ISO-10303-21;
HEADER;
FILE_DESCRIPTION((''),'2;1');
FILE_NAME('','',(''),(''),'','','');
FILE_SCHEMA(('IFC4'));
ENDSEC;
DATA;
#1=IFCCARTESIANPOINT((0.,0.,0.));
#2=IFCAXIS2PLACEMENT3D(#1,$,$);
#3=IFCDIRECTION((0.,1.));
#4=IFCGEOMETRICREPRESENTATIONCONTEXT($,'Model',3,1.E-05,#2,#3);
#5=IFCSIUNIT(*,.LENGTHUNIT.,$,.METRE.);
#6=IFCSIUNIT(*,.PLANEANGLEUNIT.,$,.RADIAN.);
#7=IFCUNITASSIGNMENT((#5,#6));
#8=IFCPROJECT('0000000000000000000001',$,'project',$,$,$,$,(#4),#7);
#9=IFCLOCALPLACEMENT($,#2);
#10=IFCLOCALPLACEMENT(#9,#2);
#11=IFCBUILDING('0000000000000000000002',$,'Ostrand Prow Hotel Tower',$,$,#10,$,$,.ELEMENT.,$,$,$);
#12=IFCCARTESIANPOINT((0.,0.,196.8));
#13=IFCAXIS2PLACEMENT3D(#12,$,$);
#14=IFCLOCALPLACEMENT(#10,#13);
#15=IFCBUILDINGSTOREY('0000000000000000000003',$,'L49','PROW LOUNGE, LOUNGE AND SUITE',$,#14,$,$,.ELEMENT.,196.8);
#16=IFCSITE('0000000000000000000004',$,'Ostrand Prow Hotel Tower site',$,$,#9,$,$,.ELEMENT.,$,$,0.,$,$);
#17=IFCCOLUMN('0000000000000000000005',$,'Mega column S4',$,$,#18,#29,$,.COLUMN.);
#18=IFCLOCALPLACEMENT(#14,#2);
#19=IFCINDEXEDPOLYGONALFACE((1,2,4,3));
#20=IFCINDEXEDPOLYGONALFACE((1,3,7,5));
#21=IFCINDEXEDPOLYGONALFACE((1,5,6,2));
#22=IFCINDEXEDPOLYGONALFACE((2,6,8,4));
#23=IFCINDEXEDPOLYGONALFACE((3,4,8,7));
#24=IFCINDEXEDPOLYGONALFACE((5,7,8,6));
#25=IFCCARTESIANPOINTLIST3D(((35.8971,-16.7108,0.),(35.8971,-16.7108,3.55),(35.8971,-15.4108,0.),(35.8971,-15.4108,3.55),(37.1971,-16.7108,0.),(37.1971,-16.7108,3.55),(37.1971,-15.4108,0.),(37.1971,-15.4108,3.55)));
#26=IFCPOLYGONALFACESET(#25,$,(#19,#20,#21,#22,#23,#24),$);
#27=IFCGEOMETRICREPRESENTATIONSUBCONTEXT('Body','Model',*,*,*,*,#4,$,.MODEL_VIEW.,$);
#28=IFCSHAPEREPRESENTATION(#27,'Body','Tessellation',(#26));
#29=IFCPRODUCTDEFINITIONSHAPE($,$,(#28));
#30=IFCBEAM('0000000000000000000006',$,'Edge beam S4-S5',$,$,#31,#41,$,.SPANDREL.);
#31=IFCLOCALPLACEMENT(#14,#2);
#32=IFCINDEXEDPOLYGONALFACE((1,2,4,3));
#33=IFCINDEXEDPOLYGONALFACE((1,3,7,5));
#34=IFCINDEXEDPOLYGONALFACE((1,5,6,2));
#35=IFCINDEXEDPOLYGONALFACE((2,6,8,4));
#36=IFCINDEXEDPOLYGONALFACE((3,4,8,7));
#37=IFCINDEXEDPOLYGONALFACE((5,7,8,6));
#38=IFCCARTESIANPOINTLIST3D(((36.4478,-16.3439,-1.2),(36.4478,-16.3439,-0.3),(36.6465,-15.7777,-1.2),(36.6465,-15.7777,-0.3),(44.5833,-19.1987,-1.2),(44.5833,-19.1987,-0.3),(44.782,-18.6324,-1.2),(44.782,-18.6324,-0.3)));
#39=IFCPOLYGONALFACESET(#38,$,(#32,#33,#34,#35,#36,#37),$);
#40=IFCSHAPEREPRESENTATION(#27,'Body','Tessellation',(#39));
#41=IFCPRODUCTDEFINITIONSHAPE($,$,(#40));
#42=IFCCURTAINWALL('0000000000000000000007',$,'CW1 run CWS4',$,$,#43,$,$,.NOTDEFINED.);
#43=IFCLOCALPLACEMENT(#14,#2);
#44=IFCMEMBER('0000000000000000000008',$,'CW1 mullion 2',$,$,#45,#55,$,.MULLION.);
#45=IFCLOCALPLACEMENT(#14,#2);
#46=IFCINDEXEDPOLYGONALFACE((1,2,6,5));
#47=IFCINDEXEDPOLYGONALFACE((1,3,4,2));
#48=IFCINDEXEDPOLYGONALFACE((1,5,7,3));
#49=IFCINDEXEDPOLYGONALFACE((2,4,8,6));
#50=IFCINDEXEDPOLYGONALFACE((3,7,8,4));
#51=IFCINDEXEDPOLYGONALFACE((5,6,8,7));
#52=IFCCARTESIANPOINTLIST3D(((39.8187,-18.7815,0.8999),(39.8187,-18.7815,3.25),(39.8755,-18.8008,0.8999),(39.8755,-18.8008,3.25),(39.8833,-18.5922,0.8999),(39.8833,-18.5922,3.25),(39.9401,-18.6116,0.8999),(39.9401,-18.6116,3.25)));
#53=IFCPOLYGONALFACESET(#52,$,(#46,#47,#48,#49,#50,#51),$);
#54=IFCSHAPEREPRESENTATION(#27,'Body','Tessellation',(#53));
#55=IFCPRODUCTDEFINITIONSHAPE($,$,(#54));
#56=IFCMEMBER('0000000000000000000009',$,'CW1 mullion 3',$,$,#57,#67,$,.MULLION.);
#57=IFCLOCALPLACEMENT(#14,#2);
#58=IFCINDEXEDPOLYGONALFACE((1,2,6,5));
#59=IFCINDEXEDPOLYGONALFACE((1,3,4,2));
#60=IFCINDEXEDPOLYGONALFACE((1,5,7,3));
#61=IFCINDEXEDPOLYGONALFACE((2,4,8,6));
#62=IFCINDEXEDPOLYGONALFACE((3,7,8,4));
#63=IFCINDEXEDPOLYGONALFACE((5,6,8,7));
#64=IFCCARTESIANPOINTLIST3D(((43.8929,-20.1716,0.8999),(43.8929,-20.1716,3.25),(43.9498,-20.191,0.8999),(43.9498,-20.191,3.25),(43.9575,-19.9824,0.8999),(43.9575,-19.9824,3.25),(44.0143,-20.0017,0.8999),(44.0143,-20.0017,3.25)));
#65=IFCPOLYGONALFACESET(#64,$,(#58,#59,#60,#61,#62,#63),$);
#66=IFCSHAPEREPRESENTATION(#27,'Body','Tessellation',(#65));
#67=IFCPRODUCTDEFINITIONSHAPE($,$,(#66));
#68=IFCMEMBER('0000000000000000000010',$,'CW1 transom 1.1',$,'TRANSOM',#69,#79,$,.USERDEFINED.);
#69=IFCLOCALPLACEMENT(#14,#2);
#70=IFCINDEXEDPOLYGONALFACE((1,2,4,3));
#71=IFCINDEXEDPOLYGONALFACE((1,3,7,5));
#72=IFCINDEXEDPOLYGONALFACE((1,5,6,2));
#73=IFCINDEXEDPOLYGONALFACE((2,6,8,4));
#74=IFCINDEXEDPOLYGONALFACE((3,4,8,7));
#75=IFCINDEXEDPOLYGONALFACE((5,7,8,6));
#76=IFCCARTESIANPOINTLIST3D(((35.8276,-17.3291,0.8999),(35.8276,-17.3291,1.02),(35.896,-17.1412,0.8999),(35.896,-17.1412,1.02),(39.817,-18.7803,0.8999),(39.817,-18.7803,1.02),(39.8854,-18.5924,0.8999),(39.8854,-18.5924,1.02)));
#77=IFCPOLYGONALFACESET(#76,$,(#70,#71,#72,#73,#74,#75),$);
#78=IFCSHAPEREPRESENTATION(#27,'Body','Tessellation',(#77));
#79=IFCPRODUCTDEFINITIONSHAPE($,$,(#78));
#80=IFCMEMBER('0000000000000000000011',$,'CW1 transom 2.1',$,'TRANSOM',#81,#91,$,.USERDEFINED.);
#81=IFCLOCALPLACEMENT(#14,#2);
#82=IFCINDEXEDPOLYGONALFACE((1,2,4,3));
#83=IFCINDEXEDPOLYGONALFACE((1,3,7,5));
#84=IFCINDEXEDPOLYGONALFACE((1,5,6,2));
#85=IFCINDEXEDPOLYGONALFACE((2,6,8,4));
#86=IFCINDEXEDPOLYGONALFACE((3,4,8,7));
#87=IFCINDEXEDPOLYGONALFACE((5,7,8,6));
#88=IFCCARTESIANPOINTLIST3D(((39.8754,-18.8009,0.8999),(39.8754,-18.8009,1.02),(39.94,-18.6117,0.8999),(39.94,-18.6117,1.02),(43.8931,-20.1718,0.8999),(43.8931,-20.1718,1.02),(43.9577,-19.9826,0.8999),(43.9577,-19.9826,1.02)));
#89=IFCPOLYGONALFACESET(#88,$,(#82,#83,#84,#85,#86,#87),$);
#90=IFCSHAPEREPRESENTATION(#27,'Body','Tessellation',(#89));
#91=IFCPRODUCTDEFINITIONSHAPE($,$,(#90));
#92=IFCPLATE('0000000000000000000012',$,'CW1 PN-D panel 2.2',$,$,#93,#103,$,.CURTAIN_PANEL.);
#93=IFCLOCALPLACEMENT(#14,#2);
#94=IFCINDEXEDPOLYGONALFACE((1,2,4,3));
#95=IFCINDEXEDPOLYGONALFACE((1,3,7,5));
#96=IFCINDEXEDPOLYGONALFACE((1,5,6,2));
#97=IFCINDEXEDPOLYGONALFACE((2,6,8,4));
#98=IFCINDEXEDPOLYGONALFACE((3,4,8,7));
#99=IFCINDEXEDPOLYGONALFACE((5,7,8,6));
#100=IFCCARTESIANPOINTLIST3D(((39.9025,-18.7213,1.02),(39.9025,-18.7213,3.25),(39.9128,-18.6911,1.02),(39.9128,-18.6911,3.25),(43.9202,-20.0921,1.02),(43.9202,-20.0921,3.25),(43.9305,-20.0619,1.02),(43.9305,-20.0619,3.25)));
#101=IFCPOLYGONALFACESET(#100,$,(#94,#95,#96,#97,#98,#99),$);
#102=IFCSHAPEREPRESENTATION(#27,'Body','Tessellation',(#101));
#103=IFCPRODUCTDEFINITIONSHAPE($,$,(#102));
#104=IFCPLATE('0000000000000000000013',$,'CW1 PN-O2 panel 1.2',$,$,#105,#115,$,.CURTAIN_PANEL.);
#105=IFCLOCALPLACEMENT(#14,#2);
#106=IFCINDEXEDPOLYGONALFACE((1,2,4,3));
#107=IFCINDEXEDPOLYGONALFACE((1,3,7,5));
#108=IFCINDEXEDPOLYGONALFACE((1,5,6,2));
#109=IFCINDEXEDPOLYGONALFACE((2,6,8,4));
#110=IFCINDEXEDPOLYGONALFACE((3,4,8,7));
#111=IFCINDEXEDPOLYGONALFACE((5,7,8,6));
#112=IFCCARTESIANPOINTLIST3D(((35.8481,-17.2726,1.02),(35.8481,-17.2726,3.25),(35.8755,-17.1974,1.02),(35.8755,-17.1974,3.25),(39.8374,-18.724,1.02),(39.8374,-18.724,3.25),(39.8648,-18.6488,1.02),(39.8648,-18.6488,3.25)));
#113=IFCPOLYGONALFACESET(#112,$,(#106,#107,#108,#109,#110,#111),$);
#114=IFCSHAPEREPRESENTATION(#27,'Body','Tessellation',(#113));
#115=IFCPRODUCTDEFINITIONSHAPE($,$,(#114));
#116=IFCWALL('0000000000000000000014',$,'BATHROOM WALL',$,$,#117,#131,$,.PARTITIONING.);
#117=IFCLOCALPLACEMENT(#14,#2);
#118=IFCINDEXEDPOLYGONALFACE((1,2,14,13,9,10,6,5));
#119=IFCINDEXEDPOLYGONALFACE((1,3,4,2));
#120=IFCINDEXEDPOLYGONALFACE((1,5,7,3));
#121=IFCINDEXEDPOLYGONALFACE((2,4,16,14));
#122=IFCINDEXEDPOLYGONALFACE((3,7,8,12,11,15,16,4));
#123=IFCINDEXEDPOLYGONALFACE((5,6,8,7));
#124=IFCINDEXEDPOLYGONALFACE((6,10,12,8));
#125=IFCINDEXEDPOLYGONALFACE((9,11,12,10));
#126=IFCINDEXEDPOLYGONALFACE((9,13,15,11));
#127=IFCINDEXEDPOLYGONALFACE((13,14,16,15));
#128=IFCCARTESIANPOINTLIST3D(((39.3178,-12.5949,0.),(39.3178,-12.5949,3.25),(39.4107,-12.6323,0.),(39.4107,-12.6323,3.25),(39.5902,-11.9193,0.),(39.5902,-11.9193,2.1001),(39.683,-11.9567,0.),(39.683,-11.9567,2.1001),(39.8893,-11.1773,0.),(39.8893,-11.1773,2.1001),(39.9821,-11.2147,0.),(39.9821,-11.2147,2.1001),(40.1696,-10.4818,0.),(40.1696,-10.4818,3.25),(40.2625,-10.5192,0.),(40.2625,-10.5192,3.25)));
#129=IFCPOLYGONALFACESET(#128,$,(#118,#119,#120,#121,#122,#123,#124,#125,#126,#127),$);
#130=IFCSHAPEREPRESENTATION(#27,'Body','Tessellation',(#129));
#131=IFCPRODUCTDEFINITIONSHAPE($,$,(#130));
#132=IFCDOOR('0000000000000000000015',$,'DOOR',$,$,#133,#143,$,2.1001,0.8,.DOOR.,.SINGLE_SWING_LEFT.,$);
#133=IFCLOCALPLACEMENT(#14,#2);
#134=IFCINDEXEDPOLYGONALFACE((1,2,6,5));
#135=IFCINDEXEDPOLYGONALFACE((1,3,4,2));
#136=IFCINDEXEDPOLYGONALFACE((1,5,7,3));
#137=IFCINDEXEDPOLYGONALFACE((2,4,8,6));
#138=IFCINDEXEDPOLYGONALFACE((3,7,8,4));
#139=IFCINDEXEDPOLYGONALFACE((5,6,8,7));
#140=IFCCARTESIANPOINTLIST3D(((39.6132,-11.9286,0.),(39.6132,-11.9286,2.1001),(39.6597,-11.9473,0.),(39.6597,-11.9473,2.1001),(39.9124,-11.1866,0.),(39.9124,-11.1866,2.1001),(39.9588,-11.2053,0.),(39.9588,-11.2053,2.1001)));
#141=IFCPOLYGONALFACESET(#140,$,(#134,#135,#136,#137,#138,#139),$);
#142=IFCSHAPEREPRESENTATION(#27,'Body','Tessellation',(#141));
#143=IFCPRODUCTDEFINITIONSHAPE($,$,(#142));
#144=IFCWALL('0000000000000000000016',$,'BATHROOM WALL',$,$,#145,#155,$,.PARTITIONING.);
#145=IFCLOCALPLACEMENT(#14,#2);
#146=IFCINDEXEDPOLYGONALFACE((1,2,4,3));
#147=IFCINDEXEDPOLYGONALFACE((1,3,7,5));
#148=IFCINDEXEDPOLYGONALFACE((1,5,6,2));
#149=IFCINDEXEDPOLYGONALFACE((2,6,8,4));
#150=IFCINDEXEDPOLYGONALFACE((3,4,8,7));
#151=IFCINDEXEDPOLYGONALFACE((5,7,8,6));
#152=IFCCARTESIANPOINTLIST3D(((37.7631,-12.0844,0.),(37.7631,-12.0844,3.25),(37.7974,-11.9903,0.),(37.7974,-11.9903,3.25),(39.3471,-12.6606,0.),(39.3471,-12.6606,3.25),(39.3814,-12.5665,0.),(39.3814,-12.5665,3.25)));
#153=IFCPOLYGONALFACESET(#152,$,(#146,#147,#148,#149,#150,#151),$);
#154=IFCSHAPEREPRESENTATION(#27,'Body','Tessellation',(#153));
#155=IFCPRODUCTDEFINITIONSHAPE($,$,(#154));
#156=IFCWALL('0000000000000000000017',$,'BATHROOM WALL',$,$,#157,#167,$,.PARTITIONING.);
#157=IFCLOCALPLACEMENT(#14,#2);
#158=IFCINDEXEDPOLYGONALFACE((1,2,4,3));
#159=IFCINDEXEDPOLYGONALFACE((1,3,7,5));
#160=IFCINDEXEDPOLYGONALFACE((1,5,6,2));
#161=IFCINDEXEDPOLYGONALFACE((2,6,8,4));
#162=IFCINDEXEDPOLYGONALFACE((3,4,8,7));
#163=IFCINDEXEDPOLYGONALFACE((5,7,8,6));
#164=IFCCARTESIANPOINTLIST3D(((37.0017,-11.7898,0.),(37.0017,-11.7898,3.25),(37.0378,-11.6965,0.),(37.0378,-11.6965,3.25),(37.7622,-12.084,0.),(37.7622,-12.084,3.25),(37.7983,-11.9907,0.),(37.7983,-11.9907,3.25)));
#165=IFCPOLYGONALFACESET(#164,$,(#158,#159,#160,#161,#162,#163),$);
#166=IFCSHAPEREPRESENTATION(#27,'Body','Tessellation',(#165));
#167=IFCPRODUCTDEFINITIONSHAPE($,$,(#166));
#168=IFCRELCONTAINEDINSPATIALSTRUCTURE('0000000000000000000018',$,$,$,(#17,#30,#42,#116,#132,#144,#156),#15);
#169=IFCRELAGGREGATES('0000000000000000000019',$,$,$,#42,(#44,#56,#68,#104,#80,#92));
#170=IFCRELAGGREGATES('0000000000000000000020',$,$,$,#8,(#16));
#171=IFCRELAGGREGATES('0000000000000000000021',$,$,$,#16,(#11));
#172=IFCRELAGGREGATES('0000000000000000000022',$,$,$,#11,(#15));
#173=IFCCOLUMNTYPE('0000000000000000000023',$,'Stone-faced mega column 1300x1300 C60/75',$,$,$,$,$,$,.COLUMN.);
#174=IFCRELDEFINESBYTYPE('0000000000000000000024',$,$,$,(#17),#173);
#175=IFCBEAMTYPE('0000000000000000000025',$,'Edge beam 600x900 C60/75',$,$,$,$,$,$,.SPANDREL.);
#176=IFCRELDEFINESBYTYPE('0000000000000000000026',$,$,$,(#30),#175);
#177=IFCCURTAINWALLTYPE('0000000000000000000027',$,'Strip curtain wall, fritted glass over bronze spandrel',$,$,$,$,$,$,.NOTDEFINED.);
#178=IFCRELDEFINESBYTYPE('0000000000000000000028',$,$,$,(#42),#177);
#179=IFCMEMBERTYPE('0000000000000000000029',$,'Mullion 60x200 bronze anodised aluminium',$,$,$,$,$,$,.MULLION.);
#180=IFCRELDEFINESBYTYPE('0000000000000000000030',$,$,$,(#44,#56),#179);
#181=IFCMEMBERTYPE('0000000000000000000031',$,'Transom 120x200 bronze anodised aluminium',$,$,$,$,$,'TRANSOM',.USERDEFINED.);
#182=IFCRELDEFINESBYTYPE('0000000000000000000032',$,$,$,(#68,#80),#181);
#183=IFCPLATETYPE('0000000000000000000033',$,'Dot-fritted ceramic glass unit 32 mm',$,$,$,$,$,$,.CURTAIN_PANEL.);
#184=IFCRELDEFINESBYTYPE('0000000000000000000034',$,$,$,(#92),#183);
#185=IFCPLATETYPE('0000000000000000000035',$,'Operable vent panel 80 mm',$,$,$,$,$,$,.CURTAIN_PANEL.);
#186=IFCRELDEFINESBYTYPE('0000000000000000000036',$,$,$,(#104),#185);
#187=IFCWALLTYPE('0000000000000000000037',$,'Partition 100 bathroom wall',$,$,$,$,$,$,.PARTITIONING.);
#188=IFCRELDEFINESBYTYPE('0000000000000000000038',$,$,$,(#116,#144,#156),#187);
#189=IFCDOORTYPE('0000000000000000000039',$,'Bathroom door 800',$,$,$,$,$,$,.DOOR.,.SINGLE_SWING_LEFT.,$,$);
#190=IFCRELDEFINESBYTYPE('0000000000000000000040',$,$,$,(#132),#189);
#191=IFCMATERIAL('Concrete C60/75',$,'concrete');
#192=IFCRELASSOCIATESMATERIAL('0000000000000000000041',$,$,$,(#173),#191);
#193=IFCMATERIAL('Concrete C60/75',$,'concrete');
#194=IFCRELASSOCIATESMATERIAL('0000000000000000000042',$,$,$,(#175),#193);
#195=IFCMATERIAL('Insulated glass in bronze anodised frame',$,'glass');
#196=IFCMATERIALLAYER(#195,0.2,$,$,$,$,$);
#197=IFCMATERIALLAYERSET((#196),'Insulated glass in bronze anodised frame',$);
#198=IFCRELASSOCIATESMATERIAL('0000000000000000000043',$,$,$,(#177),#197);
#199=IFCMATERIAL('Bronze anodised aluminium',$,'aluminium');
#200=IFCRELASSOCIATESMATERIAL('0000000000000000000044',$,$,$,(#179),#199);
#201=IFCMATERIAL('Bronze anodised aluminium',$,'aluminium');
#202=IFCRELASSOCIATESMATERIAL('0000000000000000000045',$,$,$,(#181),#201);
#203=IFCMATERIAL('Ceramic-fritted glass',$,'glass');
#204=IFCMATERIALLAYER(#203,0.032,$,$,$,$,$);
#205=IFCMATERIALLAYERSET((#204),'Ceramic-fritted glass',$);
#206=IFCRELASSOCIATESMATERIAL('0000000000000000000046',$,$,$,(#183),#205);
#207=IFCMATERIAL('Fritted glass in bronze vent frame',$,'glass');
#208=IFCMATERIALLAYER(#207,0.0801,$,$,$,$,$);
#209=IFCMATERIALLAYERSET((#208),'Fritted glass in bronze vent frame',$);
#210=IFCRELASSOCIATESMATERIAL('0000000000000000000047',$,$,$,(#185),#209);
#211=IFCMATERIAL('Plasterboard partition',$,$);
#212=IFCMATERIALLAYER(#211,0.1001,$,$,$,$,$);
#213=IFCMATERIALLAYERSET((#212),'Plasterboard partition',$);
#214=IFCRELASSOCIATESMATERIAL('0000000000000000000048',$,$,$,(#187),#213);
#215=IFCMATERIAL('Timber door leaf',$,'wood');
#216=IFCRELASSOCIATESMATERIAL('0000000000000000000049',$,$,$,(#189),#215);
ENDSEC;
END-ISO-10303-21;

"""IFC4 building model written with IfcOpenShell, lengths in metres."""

from ifc_helpers import new_model, si_unit, direction, frame, frame_2d, origin, origin_2d, place, context, subcontext, project, spatial, rectangle, extrude, material, layer, layer_set, material_profile, profile_set, type_object, element, fill, aggregate, save


model = new_model("IFC4")

# Units and contexts
model_context = context("Model", 3, precision=1e-05, world=origin(), true_north=direction((0.0, 1.0)))
body_context = subcontext(model_context, "Body", "Model", "MODEL_VIEW")
ifc_project = project(units=[si_unit("LENGTHUNIT", "METRE"), si_unit("PLANEANGLEUNIT", "RADIAN")], contexts=[model_context])

# Site, building, storey
site_placement = place(None, origin())
site = spatial("IfcSite", under=ifc_project, at=site_placement, Name="Ostrand Prow Hotel Tower site", CompositionType="ELEMENT", RefElevation=0.0)
building_placement = place(site_placement, origin())
building = spatial("IfcBuilding", under=site, at=building_placement, Name="Ostrand Prow Hotel Tower", CompositionType="ELEMENT")
storey_placement = place(building_placement, frame((0.0, 0.0, 196.8)))
storey = spatial("IfcBuildingStorey", under=building, at=storey_placement, Name="L49", Description="PROW LOUNGE, LOUNGE AND SUITE", CompositionType="ELEMENT", Elevation=196.8)

# Column
ifc_material_1 = material(Name="Concrete C60/75", Category="concrete")
ifc_material_profile_1 = material_profile(ifc_material_1, rectangle(XDim=1.3, YDim=1.3, at=origin_2d()), Name="RC 1300x1300")
ifc_profile_set_1 = profile_set([ifc_material_profile_1], Name="Concrete C60/75")
column_type = type_object("IfcColumnType", Name="Stone-faced mega column 1300x1300 C60/75", PredefinedType="COLUMN", material=ifc_profile_set_1)
column_placement = place(storey_placement, frame((36.5471, -16.0608, 0.0), z_axis=(0.0, 0.0, 1.0), x_axis=(1.0, 0.0, 0.0)))
element("IfcColumn", 1, at=column_placement, inside=storey, type_object=column_type, Name="Mega column S4", PredefinedType="COLUMN", context=body_context, shape_type="SweptSolid", body=[
    extrude(rectangle(XDim=1.3, YDim=1.3, at=origin_2d()), origin(), (0.0, 0.0, 1.0), 3.55),
])

# Beam
ifc_material_2 = material(Name="Concrete C60/75", Category="concrete")
ifc_material_profile_2 = material_profile(ifc_material_2, rectangle(XDim=0.6001, YDim=0.8999, at=origin_2d()), Name="RC 600x900")
ifc_profile_set_2 = profile_set([ifc_material_profile_2], Name="Concrete C60/75")
beam_type = type_object("IfcBeamType", Name="Edge beam 600x900 C60/75", PredefinedType="SPANDREL", material=ifc_profile_set_2)
beam_placement = place(storey_placement, frame((36.5471, -16.0608, -0.75), z_axis=(0.943594, -0.331106, 0.0), x_axis=(0.331106, 0.943594, 0.0)))
element("IfcBeam", 2, at=beam_placement, inside=storey, type_object=beam_type, Name="Edge beam S4-S5", PredefinedType="SPANDREL", context=body_context, shape_type="SweptSolid", body=[
    extrude(rectangle(XDim=0.6001, YDim=0.8999, at=origin_2d()), origin(), (0.0, 0.0, 1.0), 8.6218),
])

# Curtain wall, members, plates
ifc_material_3 = material(Name="Insulated glass in bronze anodised frame", Category="glass")
ifc_layer_1 = layer(ifc_material_3, 0.2)
ifc_layer_set_1 = layer_set([ifc_layer_1], Name="Insulated glass in bronze anodised frame")
curtain_wall_type = type_object("IfcCurtainWallType", Name="Strip curtain wall, fritted glass over bronze spandrel", PredefinedType="NOTDEFINED", material=ifc_layer_set_1)
curtain_wall_placement = place(storey_placement, origin())
curtain_wall = element("IfcCurtainWall", 3, at=curtain_wall_placement, inside=storey, type_object=curtain_wall_type, Name="CW1 run CWS4", PredefinedType="NOTDEFINED")
ifc_material_4 = material(Name="Bronze anodised aluminium", Category="aluminium")
ifc_material_profile_3 = material_profile(ifc_material_4, rectangle(XDim=0.2, YDim=0.0601, at=origin_2d()), Name="Mullion 60x200 bronze anodised aluminium")
ifc_profile_set_3 = profile_set([ifc_material_profile_3], Name="Bronze anodised aluminium")
member_type_1 = type_object("IfcMemberType", Name="Mullion 60x200 bronze anodised aluminium", PredefinedType="MULLION", material=ifc_profile_set_3)
member_1_placement = place(storey_placement, frame((39.8794, -18.6965, 0.8999), z_axis=(0.0, 0.0, 1.0), x_axis=(0.322908, 0.94643, 0.0)))
member_1 = element("IfcMember", 4, at=member_1_placement, type_object=member_type_1, Name="CW1 mullion 2", PredefinedType="MULLION", context=body_context, shape_type="SweptSolid", body=[
    extrude(rectangle(XDim=0.2, YDim=0.0601, at=origin_2d()), origin(), (0.0, 0.0, 1.0), 2.3501),
])
member_2_placement = place(storey_placement, frame((43.9536, -20.0867, 0.8999), z_axis=(0.0, 0.0, 1.0), x_axis=(0.322908, 0.94643, 0.0)))
member_2 = element("IfcMember", 5, at=member_2_placement, type_object=member_type_1, Name="CW1 mullion 3", PredefinedType="MULLION", context=body_context, shape_type="SweptSolid", body=[
    extrude(rectangle(XDim=0.2, YDim=0.0601, at=origin_2d()), origin(), (0.0, 0.0, 1.0), 2.3501),
])
ifc_material_5 = material(Name="Bronze anodised aluminium", Category="aluminium")
ifc_material_profile_4 = material_profile(ifc_material_5, rectangle(XDim=0.2, YDim=0.1201, at=origin_2d()), Name="Transom 120x200 bronze anodised aluminium")
ifc_profile_set_4 = profile_set([ifc_material_profile_4], Name="Bronze anodised aluminium")
member_type_2 = type_object("IfcMemberType", Name="Transom 120x200 bronze anodised aluminium", ElementType="TRANSOM", PredefinedType="USERDEFINED", material=ifc_profile_set_4)
member_3_placement = place(storey_placement, frame((35.8618, -17.2351, 0.96), z_axis=(0.939753, -0.341854, 0.0), x_axis=(0.341854, 0.939753, 0.0)))
member_3 = element("IfcMember", 6, at=member_3_placement, type_object=member_type_2, Name="CW1 transom 1.1", ObjectType="TRANSOM", PredefinedType="USERDEFINED", context=body_context, shape_type="SweptSolid", body=[
    extrude(rectangle(XDim=0.2, YDim=0.1201, at=origin_2d()), origin(), (0.0, 0.0, 1.0), 4.2451),
])
member_4_placement = place(storey_placement, frame((39.9077, -18.7063, 0.96), z_axis=(0.946422, -0.322932, 0.0), x_axis=(0.322932, 0.946422, 0.0)))
member_4 = element("IfcMember", 7, at=member_4_placement, type_object=member_type_2, Name="CW1 transom 2.1", ObjectType="TRANSOM", PredefinedType="USERDEFINED", context=body_context, shape_type="SweptSolid", body=[
    extrude(rectangle(XDim=0.2, YDim=0.1201, at=origin_2d()), origin(), (0.0, 0.0, 1.0), 4.2451),
])
ifc_material_6 = material(Name="Ceramic-fritted glass", Category="glass")
ifc_layer_2 = layer(ifc_material_6, 0.032)
ifc_layer_set_2 = layer_set([ifc_layer_2], Name="Ceramic-fritted glass")
plate_type_1 = type_object("IfcPlateType", Name="Dot-fritted ceramic glass unit 32 mm", PredefinedType="CURTAIN_PANEL", material=ifc_layer_set_2)
plate_1_placement = place(storey_placement, frame((41.9165, -19.3916, 1.02), z_axis=(0.0, 0.0, 1.0), x_axis=(0.94643, -0.322908, 0.0)))
plate_1 = element("IfcPlate", 8, at=plate_1_placement, type_object=plate_type_1, Name="CW1 PN-D panel 2.2", PredefinedType="CURTAIN_PANEL", context=body_context, shape_type="SweptSolid", body=[
    extrude(rectangle(XDim=4.2451, YDim=0.032, at=origin_2d()), origin(), (0.0, 0.0, 1.0), 2.23),
])
ifc_material_7 = material(Name="Fritted glass in bronze vent frame", Category="glass")
ifc_layer_3 = layer(ifc_material_7, 0.0801)
ifc_layer_set_3 = layer_set([ifc_layer_3], Name="Fritted glass in bronze vent frame")
plate_type_2 = type_object("IfcPlateType", Name="Operable vent panel 80 mm", PredefinedType="CURTAIN_PANEL", material=ifc_layer_set_3)
plate_2_placement = place(storey_placement, frame((37.8564, -17.9607, 1.02), z_axis=(0.0, 0.0, 1.0), x_axis=(0.939737, -0.341897, 0.0)))
plate_2 = element("IfcPlate", 9, at=plate_2_placement, type_object=plate_type_2, Name="CW1 PN-O2 panel 1.2", PredefinedType="CURTAIN_PANEL", context=body_context, shape_type="SweptSolid", body=[
    extrude(rectangle(XDim=4.2451, YDim=0.0801, at=origin_2d()), origin(), (0.0, 0.0, 1.0), 2.23),
])
aggregate(curtain_wall, [member_1, member_2, member_3, plate_2, member_4, plate_1])

# Wall, opening, door
ifc_material_8 = material(Name="Plasterboard partition")
ifc_layer_4 = layer(ifc_material_8, 0.1001)
ifc_layer_set_4 = layer_set([ifc_layer_4], Name="Plasterboard partition")
wall_type_1 = type_object("IfcWallType", Name="Partition 100 bathroom wall", PredefinedType="PARTITIONING", material=ifc_layer_set_4)
wall_1_placement = place(storey_placement, frame((40.2161, -10.5005, 0.0), z_axis=(0.0, 0.0, 1.0), x_axis=(-0.373884, -0.927476, 0.0)))
wall_1 = element("IfcWall", 10, at=wall_1_placement, inside=storey, type_object=wall_type_1, Name="BATHROOM WALL", PredefinedType="PARTITIONING", context=body_context, shape_type="SweptSolid", body=[
    extrude(rectangle(XDim=2.2783, YDim=0.1001, at=frame_2d((1.1392, 0.0))), origin(), (0.0, 0.0, 1.0), 3.25),
])
opening_1_placement = place(wall_1_placement, frame((0.75, 0.0, 0.0)))
opening_1 = element("IfcOpeningElement", 11, at=opening_1_placement, cuts=wall_1, PredefinedType="OPENING", context=body_context, shape_type="SweptSolid", body=[
    extrude(rectangle(XDim=0.8, YDim=2.1001, at=frame_2d((0.3999, 1.05))), frame((0.0, 0.0601, 0.0), z_axis=(0.0, -1.0, 0.0), x_axis=(1.0, 0.0, 0.0)), (0.0, 0.0, 1.0), 0.1201),
])
ifc_material_9 = material(Name="Timber door leaf", Category="wood")
door_type_1 = type_object("IfcDoorType", Name="Bathroom door 800", OperationType="SINGLE_SWING_LEFT", PredefinedType="DOOR", material=ifc_material_9)
door_1_placement = place(opening_1_placement, origin())
door_1 = element("IfcDoor", 12, at=door_1_placement, inside=storey, type_object=door_type_1, Name="DOOR", OperationType="SINGLE_SWING_LEFT", OverallHeight=2.1001, OverallWidth=0.8, PredefinedType="DOOR", context=body_context, shape_type="SweptSolid", body=[
    extrude(rectangle(XDim=0.8, YDim=2.1001, at=frame_2d((0.3999, 1.05))), frame((0.0, 0.0249, 0.0), z_axis=(0.0, -1.0, 0.0), x_axis=(1.0, 0.0, 0.0)), (0.0, 0.0, 1.0), 0.05),
])
fill(opening_1, door_1)

# Walls
wall_2_placement = place(storey_placement, frame((39.3643, -12.6135, 0.0), z_axis=(0.0, 0.0, 1.0), x_axis=(-0.93976, 0.341836, 0.0)))
element("IfcWall", 13, at=wall_2_placement, inside=storey, type_object=wall_type_1, Name="BATHROOM WALL", PredefinedType="PARTITIONING", context=body_context, shape_type="SweptSolid", body=[
    extrude(rectangle(XDim=1.6855, YDim=0.1001, at=frame_2d((0.8428, 0.0))), origin(), (0.0, 0.0, 1.0), 3.25),
])
wall_3_placement = place(storey_placement, frame((37.7803, -12.0374, 0.0), z_axis=(0.0, 0.0, 1.0), x_axis=(-0.932649, 0.360784, 0.0)))
element("IfcWall", 14, at=wall_3_placement, inside=storey, type_object=wall_type_1, Name="BATHROOM WALL", PredefinedType="PARTITIONING", context=body_context, shape_type="SweptSolid", body=[
    extrude(rectangle(XDim=0.8154, YDim=0.1001, at=frame_2d((0.4077, 0.0))), origin(), (0.0, 0.0, 1.0), 3.25),
])

save(model, "model.ifc")
